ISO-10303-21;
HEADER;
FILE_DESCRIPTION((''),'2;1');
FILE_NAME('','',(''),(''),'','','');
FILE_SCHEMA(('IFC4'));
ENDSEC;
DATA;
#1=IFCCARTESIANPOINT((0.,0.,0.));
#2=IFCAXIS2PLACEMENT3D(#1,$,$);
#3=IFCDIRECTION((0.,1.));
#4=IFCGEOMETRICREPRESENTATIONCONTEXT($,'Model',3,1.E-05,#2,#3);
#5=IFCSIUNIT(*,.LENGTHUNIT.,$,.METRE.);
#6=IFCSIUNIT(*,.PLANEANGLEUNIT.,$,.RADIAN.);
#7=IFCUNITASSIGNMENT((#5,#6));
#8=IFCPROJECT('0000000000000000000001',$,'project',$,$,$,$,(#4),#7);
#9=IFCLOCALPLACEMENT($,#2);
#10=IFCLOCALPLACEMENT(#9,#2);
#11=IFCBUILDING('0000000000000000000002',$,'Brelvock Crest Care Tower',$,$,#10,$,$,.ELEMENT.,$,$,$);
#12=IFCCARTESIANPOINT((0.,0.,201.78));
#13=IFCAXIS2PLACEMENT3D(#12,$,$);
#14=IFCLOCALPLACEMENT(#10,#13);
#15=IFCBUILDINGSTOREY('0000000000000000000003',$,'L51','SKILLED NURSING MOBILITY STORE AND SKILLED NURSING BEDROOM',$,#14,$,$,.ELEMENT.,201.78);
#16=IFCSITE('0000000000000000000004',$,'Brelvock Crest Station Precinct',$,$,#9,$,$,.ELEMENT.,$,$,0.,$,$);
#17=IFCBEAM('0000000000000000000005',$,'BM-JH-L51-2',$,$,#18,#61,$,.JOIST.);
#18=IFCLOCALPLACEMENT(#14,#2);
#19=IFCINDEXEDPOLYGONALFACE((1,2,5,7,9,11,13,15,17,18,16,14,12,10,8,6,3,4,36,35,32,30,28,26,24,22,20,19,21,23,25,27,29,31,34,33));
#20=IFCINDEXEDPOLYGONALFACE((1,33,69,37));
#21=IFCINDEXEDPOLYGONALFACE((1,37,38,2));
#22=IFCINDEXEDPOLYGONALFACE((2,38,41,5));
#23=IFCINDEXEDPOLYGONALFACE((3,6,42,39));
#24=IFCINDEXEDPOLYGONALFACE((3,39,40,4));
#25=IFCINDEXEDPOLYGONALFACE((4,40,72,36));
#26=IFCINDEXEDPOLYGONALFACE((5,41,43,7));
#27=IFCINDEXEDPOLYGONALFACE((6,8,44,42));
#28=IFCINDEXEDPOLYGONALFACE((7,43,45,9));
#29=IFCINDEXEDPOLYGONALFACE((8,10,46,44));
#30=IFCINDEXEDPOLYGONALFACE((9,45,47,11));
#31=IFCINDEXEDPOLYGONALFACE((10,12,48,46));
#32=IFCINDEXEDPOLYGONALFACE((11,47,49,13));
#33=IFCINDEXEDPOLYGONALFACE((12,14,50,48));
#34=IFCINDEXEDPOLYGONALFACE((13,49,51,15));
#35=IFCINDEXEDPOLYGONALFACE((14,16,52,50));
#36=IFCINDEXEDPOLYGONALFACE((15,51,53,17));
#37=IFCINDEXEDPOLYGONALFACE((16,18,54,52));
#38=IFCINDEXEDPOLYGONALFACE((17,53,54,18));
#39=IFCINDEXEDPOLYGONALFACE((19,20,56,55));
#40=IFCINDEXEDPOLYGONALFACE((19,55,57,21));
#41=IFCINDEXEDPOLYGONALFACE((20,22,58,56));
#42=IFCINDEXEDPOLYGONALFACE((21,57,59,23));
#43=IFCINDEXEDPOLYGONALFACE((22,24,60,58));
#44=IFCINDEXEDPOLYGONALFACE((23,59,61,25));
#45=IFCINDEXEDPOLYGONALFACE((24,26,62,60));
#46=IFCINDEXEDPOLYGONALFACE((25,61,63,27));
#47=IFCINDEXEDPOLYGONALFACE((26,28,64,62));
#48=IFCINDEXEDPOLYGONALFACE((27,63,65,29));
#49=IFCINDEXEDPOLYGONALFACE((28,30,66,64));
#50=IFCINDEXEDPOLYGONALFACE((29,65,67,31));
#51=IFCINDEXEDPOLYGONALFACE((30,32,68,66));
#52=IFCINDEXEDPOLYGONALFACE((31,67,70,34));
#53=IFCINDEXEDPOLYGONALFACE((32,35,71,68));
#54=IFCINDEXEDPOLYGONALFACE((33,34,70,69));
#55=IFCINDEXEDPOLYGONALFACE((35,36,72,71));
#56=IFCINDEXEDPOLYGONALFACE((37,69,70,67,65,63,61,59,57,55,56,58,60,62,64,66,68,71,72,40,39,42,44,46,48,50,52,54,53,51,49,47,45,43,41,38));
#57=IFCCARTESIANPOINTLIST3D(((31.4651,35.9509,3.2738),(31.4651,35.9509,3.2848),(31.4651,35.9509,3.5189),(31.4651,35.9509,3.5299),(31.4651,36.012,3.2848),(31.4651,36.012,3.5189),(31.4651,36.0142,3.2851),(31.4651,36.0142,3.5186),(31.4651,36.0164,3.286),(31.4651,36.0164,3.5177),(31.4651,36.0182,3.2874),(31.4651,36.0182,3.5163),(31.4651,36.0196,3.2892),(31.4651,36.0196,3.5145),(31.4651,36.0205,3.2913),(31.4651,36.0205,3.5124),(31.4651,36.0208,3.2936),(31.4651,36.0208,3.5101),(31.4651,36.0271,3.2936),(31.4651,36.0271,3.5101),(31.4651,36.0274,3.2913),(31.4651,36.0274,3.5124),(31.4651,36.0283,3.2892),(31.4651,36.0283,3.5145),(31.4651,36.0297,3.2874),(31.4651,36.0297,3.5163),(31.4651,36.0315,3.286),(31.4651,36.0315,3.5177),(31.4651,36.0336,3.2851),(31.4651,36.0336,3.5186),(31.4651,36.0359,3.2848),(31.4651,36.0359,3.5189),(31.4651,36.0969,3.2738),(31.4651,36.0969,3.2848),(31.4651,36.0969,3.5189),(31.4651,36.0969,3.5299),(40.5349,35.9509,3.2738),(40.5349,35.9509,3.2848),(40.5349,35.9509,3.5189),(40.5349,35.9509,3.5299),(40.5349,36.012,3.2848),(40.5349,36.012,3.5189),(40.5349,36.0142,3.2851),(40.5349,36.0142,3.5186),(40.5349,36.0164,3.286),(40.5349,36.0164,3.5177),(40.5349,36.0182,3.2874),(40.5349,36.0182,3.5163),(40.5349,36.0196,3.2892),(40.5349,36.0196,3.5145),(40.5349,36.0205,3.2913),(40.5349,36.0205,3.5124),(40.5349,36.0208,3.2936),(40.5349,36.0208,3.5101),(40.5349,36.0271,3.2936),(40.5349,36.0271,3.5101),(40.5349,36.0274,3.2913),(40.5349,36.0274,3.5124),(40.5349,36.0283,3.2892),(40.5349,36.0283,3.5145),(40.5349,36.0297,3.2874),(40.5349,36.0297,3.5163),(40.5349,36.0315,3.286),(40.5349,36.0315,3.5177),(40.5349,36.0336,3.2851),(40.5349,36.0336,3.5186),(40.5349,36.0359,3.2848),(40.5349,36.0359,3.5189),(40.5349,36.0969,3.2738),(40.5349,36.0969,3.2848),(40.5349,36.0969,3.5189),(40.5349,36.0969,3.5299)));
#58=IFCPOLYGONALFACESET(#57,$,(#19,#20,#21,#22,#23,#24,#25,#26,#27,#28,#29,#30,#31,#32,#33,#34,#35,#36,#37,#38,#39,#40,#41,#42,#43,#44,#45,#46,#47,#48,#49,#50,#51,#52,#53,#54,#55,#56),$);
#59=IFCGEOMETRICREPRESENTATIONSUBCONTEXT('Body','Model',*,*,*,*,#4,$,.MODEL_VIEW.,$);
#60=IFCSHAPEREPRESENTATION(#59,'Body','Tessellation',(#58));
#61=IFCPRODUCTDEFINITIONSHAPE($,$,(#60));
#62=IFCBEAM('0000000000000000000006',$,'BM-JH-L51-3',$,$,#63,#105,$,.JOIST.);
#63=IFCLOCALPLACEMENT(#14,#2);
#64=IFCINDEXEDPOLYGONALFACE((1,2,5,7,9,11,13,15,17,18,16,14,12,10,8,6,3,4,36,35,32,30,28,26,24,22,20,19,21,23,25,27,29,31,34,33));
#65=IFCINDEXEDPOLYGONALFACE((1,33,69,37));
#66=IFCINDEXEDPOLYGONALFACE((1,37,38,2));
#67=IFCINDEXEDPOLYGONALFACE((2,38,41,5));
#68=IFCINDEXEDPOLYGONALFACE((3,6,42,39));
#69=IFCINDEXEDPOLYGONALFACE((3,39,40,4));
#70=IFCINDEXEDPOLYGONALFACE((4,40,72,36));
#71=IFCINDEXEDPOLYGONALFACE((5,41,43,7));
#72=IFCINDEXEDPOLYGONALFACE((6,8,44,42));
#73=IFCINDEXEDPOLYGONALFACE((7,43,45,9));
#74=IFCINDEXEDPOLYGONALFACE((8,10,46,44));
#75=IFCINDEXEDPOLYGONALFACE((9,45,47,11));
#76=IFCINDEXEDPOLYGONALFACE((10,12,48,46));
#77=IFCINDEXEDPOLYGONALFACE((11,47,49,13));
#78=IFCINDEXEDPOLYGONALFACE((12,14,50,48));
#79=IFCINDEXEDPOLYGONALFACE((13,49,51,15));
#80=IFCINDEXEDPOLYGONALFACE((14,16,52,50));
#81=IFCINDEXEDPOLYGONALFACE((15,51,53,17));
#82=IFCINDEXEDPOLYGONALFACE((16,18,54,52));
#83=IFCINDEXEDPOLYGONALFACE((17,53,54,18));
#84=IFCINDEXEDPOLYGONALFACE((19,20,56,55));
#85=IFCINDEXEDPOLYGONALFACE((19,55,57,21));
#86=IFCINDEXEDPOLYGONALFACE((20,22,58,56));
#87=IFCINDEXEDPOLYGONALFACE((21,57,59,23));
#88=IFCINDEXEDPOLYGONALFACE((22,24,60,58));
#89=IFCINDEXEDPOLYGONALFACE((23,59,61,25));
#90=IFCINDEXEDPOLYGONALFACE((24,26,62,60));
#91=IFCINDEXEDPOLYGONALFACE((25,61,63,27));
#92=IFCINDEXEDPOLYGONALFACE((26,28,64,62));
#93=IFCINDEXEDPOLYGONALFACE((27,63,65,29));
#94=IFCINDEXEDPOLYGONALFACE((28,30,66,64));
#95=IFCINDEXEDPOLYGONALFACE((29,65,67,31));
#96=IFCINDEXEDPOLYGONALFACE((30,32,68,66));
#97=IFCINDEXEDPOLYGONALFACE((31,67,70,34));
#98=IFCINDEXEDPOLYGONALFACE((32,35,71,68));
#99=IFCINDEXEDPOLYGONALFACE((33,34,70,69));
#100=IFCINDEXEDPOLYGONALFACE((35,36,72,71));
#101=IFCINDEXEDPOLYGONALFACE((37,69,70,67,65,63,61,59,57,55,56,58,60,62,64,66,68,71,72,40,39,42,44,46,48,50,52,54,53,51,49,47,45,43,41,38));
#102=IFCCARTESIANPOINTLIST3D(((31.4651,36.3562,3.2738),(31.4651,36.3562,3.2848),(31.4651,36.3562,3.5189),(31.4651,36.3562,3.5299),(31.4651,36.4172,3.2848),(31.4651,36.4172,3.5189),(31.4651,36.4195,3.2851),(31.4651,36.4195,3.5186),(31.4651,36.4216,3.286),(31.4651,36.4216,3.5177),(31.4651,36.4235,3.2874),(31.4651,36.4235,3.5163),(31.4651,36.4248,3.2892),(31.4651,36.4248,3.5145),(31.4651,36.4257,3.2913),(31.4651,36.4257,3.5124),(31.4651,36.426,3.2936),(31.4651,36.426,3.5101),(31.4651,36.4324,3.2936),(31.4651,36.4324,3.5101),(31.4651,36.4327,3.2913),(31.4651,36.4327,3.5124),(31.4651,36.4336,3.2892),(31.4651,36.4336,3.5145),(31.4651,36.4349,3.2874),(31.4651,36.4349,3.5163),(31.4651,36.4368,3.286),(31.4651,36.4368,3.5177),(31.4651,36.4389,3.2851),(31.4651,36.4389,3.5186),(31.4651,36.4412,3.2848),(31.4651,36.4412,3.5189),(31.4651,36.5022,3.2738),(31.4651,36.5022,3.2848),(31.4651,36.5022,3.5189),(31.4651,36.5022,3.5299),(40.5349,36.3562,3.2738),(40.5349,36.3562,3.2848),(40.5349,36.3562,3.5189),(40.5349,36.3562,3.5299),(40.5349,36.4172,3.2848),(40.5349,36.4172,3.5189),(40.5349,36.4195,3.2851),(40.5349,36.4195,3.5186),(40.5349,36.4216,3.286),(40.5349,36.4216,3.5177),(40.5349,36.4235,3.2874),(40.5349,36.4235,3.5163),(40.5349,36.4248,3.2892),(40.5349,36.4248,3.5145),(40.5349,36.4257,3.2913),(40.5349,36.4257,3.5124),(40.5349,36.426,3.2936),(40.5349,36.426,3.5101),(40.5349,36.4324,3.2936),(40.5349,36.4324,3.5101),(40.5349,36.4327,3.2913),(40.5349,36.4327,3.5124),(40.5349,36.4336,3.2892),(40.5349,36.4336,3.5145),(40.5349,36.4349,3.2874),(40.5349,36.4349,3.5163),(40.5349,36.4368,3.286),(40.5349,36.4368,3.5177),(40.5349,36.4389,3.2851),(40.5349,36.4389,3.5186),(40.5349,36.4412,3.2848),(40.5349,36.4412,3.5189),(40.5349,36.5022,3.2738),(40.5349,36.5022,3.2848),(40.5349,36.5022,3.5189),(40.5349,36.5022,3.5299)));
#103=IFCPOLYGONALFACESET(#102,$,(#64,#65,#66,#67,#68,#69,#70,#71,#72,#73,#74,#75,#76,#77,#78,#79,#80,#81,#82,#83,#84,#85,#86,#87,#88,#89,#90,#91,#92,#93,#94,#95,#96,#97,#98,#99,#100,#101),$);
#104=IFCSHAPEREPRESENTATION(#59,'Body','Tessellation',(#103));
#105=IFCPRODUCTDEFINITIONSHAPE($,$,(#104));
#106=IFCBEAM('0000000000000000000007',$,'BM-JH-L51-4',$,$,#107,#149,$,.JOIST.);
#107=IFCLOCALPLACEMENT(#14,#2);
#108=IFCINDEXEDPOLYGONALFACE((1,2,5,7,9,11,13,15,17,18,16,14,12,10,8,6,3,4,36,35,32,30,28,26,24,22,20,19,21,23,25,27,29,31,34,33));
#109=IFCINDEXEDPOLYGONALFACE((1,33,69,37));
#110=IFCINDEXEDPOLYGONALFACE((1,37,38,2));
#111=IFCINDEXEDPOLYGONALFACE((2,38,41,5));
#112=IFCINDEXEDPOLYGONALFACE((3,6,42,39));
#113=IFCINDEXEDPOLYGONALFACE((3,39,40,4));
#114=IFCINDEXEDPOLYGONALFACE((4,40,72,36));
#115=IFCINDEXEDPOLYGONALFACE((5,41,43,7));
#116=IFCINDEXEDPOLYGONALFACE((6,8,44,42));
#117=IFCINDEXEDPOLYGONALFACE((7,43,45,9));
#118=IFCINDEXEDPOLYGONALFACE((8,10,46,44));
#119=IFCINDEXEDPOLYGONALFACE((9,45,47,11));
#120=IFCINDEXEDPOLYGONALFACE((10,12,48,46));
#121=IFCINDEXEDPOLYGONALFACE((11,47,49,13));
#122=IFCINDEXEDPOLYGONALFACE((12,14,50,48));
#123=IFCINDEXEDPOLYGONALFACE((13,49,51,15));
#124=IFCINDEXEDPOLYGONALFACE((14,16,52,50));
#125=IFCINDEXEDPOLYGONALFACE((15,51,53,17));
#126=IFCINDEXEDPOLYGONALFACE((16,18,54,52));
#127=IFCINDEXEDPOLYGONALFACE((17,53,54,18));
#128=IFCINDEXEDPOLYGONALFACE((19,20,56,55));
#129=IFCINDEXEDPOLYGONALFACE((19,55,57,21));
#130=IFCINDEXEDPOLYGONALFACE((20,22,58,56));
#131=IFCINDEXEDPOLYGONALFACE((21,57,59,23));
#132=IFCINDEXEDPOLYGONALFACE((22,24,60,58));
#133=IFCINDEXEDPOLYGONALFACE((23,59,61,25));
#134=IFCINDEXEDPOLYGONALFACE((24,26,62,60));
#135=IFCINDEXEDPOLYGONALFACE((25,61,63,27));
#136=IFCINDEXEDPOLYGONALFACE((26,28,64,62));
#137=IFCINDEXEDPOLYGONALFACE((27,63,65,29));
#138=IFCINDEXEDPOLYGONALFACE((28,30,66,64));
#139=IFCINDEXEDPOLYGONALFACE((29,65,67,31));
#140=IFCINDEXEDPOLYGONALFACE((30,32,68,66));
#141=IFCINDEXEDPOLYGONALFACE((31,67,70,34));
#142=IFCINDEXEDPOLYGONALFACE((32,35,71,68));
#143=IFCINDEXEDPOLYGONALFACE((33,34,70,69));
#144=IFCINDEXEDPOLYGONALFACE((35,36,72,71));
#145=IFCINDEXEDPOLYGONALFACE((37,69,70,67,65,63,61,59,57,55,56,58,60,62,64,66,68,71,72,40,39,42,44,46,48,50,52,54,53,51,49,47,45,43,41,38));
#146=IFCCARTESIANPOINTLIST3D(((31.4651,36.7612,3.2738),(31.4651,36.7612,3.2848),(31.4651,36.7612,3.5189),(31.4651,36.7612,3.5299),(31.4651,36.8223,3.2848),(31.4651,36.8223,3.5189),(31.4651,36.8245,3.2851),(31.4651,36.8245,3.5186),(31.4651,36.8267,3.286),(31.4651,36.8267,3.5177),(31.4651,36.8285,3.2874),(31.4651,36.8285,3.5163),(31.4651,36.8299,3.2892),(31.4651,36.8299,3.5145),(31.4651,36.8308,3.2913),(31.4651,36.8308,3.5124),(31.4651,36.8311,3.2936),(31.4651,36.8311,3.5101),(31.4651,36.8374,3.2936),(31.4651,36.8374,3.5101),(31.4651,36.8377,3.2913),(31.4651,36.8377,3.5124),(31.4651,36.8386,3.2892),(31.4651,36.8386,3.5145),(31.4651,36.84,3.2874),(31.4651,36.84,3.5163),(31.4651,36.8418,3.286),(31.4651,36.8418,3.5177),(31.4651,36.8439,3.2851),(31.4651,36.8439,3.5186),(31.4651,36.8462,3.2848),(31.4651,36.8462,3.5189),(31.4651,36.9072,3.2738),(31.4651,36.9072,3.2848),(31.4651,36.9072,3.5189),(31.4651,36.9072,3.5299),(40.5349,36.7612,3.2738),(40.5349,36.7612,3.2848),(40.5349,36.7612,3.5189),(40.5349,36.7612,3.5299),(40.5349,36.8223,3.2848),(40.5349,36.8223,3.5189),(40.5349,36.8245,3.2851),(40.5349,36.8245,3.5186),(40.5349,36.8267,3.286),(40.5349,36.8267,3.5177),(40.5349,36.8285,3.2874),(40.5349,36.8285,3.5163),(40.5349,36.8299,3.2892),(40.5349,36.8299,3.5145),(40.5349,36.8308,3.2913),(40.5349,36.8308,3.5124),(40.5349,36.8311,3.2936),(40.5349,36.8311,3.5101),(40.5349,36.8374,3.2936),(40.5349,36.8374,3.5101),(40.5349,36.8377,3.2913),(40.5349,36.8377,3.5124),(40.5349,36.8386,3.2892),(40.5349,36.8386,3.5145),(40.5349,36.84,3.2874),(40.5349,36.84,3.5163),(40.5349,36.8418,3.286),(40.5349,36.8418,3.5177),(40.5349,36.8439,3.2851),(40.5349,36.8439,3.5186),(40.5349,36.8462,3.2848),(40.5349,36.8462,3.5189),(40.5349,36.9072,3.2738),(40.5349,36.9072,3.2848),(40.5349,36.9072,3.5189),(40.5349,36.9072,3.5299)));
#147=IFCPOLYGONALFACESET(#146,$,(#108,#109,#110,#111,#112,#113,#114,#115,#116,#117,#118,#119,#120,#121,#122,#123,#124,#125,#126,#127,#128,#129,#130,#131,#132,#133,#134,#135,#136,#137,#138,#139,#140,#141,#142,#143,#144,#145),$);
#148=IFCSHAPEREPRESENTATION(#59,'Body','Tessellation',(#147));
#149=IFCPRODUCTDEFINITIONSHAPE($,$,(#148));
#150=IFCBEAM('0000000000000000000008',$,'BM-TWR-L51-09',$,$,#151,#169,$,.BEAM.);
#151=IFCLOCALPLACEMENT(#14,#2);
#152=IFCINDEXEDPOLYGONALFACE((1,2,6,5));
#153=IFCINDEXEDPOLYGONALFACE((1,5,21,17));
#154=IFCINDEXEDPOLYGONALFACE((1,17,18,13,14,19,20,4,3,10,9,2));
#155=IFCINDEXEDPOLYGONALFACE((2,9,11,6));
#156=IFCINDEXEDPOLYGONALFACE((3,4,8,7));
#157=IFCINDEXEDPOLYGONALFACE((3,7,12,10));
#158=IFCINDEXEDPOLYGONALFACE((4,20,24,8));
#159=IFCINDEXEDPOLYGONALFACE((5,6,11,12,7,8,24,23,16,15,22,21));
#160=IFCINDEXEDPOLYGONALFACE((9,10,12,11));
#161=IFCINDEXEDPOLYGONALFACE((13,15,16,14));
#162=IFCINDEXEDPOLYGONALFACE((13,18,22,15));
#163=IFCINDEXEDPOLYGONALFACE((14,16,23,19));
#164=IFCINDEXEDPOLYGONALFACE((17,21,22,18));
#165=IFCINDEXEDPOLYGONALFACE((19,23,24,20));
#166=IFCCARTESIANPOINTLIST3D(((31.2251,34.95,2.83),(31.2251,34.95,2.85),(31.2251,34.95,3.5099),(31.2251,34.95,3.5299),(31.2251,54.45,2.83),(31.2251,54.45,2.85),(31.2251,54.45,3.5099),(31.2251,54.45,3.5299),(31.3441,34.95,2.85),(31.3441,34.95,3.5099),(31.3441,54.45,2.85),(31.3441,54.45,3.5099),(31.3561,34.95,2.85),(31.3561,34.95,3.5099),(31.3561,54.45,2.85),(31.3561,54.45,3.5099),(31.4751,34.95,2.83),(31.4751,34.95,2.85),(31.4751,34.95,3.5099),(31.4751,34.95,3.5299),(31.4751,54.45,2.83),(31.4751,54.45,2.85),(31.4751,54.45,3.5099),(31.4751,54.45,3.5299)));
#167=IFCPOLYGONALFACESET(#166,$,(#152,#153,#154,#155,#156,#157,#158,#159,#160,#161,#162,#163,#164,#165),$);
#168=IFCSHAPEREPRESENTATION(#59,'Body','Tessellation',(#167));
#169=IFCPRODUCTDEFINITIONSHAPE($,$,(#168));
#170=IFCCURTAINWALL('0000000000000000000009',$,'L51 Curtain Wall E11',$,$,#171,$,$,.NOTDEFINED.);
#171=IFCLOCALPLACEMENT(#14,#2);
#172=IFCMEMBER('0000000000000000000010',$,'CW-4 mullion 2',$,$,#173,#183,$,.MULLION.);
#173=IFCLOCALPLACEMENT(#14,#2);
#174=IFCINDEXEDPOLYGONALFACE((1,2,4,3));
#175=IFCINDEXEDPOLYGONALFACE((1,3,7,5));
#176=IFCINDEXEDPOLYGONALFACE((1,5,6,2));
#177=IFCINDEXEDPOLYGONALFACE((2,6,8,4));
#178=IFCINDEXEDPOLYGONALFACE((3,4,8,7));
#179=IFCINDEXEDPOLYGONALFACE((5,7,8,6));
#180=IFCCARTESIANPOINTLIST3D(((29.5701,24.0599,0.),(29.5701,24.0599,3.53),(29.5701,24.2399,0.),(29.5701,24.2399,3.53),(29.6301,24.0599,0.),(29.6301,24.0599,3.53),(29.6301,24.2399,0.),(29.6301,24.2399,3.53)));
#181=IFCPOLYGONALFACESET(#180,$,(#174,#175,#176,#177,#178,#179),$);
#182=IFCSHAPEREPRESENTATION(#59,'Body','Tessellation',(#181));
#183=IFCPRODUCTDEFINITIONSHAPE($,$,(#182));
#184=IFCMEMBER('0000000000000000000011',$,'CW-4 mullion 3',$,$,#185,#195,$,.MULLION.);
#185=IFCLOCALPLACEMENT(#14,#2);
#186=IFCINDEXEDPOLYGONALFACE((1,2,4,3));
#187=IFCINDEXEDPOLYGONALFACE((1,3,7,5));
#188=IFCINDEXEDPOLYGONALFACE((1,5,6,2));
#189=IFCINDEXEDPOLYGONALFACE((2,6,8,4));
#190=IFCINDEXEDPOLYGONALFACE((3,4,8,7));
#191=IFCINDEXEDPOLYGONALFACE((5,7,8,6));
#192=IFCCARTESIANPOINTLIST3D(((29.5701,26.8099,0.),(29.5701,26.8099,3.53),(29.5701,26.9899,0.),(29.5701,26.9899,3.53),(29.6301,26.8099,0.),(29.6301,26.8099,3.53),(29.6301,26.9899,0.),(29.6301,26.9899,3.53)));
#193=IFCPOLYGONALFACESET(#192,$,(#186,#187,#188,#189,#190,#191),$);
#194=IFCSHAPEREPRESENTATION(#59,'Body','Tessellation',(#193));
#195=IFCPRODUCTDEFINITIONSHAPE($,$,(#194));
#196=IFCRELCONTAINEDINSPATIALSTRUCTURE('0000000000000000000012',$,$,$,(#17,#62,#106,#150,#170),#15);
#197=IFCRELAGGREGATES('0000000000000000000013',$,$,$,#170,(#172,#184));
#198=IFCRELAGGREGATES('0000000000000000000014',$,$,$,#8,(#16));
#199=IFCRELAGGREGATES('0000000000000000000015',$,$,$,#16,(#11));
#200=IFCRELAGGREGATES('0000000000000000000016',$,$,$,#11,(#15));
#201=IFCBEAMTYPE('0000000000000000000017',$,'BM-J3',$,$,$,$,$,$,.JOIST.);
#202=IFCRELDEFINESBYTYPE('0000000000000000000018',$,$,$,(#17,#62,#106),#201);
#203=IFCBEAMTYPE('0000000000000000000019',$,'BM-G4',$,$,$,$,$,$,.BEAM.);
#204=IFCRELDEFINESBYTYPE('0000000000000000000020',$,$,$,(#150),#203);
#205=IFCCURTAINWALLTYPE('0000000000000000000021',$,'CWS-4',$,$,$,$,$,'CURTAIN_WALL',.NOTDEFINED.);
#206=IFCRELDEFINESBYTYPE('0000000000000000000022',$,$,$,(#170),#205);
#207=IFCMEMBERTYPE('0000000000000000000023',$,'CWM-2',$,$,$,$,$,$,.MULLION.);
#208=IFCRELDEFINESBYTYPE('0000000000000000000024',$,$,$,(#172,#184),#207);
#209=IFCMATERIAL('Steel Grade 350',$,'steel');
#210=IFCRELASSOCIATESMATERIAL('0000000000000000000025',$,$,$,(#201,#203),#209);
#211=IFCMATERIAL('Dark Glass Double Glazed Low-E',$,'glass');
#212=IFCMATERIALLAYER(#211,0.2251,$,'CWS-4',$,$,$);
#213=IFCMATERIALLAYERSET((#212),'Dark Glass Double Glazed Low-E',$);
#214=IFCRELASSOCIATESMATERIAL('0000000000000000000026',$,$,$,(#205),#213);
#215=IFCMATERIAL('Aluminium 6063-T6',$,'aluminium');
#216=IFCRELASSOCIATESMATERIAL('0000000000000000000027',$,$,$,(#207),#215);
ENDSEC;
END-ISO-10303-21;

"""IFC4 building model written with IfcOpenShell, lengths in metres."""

from ifc_helpers import new_model, si_unit, direction, frame, origin, origin_2d, place, context, subcontext, project, spatial, rectangle, i_section, extrude, source, transform, mapped, material, layer, layer_set, material_profile, profile_set, type_object, element, aggregate, save


model = new_model("IFC4")

# Units and contexts
model_context = context("Model", 3, precision=1e-05, world=origin(), true_north=direction((0.0, 1.0)))
body_context = subcontext(model_context, "Body", "Model", "MODEL_VIEW")
ifc_project = project(units=[si_unit("LENGTHUNIT", "METRE"), si_unit("PLANEANGLEUNIT", "RADIAN")], contexts=[model_context])

# Site, building, storey
site_placement = place(None, origin())
site = spatial("IfcSite", under=ifc_project, at=site_placement, Name="Brelvock Crest Station Precinct", CompositionType="ELEMENT", RefElevation=0.0)
building_placement = place(site_placement, origin())
building = spatial("IfcBuilding", under=site, at=building_placement, Name="Brelvock Crest Care Tower", CompositionType="ELEMENT")
storey_placement = place(building_placement, frame((0.0, 0.0, 201.78)))
storey = spatial("IfcBuildingStorey", under=building, at=storey_placement, Name="L51", Description="SKILLED NURSING MOBILITY STORE AND SKILLED NURSING BEDROOM", CompositionType="ELEMENT", Elevation=201.78)

# Shared definitions
ifc_material_1 = material(Name="Steel Grade 350", Category="steel")

# Beams
ifc_material_profile_1 = material_profile(ifc_material_1, i_section(OverallWidth=0.146, OverallDepth=0.2561, WebThickness=0.0063, FlangeThickness=0.011, FilletRadius=0.0088, at=origin_2d()), Name="250UB37.3")
ifc_profile_set_1 = profile_set([ifc_material_profile_1], Name="Steel Grade 350")
beam_type_1 = type_object("IfcBeamType", Name="BM-J3", PredefinedType="JOIST", material=ifc_profile_set_1)
shared_shape_1 = source(origin(), body_context, "Body", "SweptSolid", [
    extrude(i_section(OverallWidth=0.146, OverallDepth=0.2561, WebThickness=0.0063, FlangeThickness=0.011, FilletRadius=0.0088, at=origin_2d()), origin(), (0.0, 0.0, 1.0), 9.0698),
])
for number, where, z_axis, x_axis, name in (
    (1, (31.4651, 36.0239, 3.4019), (1.0, 0.0, 0.0), (0.0, 1.0, 0.0), "BM-JH-L51-2"),
    (2, (31.4651, 36.4292, 3.4019), (1.0, 0.0, 0.0), (0.0, 1.0, 0.0), "BM-JH-L51-3"),
    (3, (31.4651, 36.8342, 3.4019), (1.0, 0.0, 0.0), (0.0, 1.0, 0.0), "BM-JH-L51-4"),
):
    element("IfcBeam", number, at=place(storey_placement, frame(where, z_axis=z_axis, x_axis=x_axis)), inside=storey, type_object=beam_type_1, Name=name, PredefinedType="JOIST", context=body_context, shape_type="MappedRepresentation", body=[
        mapped(shared_shape_1, transform((0.0, 0.0, 0.0), x_axis=(1.0, 0.0, 0.0), y_axis=(0.0, 1.0, 0.0), z_axis=(0.0, 0.0, 1.0), scale=1.0)),
    ])
ifc_material_profile_2 = material_profile(ifc_material_1, i_section(OverallWidth=0.25, OverallDepth=0.7, WebThickness=0.012, FlangeThickness=0.02, at=origin_2d()), Name="700WB150")
ifc_profile_set_2 = profile_set([ifc_material_profile_2], Name="Steel Grade 350")
beam_type_2 = type_object("IfcBeamType", Name="BM-G4", PredefinedType="BEAM", material=ifc_profile_set_2)
shared_shape_2 = source(origin(), body_context, "Body", "SweptSolid", [
    extrude(i_section(OverallWidth=0.25, OverallDepth=0.7, WebThickness=0.012, FlangeThickness=0.02, at=origin_2d()), origin(), (0.0, 0.0, 1.0), 19.5),
])
beam_1_placement = place(storey_placement, frame((31.3501, 34.95, 3.1799), z_axis=(0.0, 1.0, 0.0), x_axis=(-1.0, 0.0, 0.0)))
element("IfcBeam", 4, at=beam_1_placement, inside=storey, type_object=beam_type_2, Name="BM-TWR-L51-09", PredefinedType="BEAM", context=body_context, shape_type="MappedRepresentation", body=[
    mapped(shared_shape_2, transform((0.0, 0.0, 0.0), x_axis=(1.0, 0.0, 0.0), y_axis=(0.0, 1.0, 0.0), z_axis=(0.0, 0.0, 1.0), scale=1.0)),
])

# Curtain wall, members
ifc_material_2 = material(Name="Dark Glass Double Glazed Low-E", Category="glass")
ifc_layer_1 = layer(ifc_material_2, 0.2251, Name="CWS-4")
ifc_layer_set_1 = layer_set([ifc_layer_1], Name="Dark Glass Double Glazed Low-E")
curtain_wall_type = type_object("IfcCurtainWallType", Name="CWS-4", ElementType="CURTAIN_WALL", PredefinedType="NOTDEFINED", material=ifc_layer_set_1)
curtain_wall_1_placement = place(storey_placement, origin())
curtain_wall_1 = element("IfcCurtainWall", 5, at=curtain_wall_1_placement, inside=storey, type_object=curtain_wall_type, Name="L51 Curtain Wall E11", PredefinedType="NOTDEFINED")
ifc_material_3 = material(Name="Aluminium 6063-T6", Category="aluminium")
ifc_material_profile_3 = material_profile(ifc_material_3, rectangle(XDim=0.0601, YDim=0.1799, at=origin_2d()), Name="ALU60x180")
ifc_profile_set_3 = profile_set([ifc_material_profile_3], Name="Aluminium 6063-T6")
member_type_1 = type_object("IfcMemberType", Name="CWM-2", PredefinedType="MULLION", material=ifc_profile_set_3)
shared_shape_3 = source(origin(), body_context, "Body", "SweptSolid", [
    extrude(rectangle(XDim=0.0601, YDim=0.1799, at=origin_2d()), origin(), (0.0, 0.0, 1.0), 3.53),
])
member_1_placement = place(storey_placement, frame((29.6001, 24.1499, 0.0), z_axis=(0.0, 0.0, 1.0), x_axis=(-1.0, 0.0, 0.0)))
member_1 = element("IfcMember", 6, at=member_1_placement, type_object=member_type_1, Name="CW-4 mullion 2", PredefinedType="MULLION", context=body_context, shape_type="MappedRepresentation", body=[
    mapped(shared_shape_3, transform((0.0, 0.0, 0.0), x_axis=(1.0, 0.0, 0.0), y_axis=(0.0, 1.0, 0.0), z_axis=(0.0, 0.0, 1.0), scale=1.0)),
])
member_2_placement = place(storey_placement, frame((29.6001, 26.8999, 0.0), z_axis=(0.0, 0.0, 1.0), x_axis=(-1.0, 0.0, 0.0)))
member_2 = element("IfcMember", 7, at=member_2_placement, type_object=member_type_1, Name="CW-4 mullion 3", PredefinedType="MULLION", context=body_context, shape_type="MappedRepresentation", body=[
    mapped(shared_shape_3, transform((0.0, 0.0, 0.0), x_axis=(1.0, 0.0, 0.0), y_axis=(0.0, 1.0, 0.0), z_axis=(0.0, 0.0, 1.0), scale=1.0)),
])

aggregate(curtain_wall_1, [member_1, member_2])

save(model, "model.ifc")
